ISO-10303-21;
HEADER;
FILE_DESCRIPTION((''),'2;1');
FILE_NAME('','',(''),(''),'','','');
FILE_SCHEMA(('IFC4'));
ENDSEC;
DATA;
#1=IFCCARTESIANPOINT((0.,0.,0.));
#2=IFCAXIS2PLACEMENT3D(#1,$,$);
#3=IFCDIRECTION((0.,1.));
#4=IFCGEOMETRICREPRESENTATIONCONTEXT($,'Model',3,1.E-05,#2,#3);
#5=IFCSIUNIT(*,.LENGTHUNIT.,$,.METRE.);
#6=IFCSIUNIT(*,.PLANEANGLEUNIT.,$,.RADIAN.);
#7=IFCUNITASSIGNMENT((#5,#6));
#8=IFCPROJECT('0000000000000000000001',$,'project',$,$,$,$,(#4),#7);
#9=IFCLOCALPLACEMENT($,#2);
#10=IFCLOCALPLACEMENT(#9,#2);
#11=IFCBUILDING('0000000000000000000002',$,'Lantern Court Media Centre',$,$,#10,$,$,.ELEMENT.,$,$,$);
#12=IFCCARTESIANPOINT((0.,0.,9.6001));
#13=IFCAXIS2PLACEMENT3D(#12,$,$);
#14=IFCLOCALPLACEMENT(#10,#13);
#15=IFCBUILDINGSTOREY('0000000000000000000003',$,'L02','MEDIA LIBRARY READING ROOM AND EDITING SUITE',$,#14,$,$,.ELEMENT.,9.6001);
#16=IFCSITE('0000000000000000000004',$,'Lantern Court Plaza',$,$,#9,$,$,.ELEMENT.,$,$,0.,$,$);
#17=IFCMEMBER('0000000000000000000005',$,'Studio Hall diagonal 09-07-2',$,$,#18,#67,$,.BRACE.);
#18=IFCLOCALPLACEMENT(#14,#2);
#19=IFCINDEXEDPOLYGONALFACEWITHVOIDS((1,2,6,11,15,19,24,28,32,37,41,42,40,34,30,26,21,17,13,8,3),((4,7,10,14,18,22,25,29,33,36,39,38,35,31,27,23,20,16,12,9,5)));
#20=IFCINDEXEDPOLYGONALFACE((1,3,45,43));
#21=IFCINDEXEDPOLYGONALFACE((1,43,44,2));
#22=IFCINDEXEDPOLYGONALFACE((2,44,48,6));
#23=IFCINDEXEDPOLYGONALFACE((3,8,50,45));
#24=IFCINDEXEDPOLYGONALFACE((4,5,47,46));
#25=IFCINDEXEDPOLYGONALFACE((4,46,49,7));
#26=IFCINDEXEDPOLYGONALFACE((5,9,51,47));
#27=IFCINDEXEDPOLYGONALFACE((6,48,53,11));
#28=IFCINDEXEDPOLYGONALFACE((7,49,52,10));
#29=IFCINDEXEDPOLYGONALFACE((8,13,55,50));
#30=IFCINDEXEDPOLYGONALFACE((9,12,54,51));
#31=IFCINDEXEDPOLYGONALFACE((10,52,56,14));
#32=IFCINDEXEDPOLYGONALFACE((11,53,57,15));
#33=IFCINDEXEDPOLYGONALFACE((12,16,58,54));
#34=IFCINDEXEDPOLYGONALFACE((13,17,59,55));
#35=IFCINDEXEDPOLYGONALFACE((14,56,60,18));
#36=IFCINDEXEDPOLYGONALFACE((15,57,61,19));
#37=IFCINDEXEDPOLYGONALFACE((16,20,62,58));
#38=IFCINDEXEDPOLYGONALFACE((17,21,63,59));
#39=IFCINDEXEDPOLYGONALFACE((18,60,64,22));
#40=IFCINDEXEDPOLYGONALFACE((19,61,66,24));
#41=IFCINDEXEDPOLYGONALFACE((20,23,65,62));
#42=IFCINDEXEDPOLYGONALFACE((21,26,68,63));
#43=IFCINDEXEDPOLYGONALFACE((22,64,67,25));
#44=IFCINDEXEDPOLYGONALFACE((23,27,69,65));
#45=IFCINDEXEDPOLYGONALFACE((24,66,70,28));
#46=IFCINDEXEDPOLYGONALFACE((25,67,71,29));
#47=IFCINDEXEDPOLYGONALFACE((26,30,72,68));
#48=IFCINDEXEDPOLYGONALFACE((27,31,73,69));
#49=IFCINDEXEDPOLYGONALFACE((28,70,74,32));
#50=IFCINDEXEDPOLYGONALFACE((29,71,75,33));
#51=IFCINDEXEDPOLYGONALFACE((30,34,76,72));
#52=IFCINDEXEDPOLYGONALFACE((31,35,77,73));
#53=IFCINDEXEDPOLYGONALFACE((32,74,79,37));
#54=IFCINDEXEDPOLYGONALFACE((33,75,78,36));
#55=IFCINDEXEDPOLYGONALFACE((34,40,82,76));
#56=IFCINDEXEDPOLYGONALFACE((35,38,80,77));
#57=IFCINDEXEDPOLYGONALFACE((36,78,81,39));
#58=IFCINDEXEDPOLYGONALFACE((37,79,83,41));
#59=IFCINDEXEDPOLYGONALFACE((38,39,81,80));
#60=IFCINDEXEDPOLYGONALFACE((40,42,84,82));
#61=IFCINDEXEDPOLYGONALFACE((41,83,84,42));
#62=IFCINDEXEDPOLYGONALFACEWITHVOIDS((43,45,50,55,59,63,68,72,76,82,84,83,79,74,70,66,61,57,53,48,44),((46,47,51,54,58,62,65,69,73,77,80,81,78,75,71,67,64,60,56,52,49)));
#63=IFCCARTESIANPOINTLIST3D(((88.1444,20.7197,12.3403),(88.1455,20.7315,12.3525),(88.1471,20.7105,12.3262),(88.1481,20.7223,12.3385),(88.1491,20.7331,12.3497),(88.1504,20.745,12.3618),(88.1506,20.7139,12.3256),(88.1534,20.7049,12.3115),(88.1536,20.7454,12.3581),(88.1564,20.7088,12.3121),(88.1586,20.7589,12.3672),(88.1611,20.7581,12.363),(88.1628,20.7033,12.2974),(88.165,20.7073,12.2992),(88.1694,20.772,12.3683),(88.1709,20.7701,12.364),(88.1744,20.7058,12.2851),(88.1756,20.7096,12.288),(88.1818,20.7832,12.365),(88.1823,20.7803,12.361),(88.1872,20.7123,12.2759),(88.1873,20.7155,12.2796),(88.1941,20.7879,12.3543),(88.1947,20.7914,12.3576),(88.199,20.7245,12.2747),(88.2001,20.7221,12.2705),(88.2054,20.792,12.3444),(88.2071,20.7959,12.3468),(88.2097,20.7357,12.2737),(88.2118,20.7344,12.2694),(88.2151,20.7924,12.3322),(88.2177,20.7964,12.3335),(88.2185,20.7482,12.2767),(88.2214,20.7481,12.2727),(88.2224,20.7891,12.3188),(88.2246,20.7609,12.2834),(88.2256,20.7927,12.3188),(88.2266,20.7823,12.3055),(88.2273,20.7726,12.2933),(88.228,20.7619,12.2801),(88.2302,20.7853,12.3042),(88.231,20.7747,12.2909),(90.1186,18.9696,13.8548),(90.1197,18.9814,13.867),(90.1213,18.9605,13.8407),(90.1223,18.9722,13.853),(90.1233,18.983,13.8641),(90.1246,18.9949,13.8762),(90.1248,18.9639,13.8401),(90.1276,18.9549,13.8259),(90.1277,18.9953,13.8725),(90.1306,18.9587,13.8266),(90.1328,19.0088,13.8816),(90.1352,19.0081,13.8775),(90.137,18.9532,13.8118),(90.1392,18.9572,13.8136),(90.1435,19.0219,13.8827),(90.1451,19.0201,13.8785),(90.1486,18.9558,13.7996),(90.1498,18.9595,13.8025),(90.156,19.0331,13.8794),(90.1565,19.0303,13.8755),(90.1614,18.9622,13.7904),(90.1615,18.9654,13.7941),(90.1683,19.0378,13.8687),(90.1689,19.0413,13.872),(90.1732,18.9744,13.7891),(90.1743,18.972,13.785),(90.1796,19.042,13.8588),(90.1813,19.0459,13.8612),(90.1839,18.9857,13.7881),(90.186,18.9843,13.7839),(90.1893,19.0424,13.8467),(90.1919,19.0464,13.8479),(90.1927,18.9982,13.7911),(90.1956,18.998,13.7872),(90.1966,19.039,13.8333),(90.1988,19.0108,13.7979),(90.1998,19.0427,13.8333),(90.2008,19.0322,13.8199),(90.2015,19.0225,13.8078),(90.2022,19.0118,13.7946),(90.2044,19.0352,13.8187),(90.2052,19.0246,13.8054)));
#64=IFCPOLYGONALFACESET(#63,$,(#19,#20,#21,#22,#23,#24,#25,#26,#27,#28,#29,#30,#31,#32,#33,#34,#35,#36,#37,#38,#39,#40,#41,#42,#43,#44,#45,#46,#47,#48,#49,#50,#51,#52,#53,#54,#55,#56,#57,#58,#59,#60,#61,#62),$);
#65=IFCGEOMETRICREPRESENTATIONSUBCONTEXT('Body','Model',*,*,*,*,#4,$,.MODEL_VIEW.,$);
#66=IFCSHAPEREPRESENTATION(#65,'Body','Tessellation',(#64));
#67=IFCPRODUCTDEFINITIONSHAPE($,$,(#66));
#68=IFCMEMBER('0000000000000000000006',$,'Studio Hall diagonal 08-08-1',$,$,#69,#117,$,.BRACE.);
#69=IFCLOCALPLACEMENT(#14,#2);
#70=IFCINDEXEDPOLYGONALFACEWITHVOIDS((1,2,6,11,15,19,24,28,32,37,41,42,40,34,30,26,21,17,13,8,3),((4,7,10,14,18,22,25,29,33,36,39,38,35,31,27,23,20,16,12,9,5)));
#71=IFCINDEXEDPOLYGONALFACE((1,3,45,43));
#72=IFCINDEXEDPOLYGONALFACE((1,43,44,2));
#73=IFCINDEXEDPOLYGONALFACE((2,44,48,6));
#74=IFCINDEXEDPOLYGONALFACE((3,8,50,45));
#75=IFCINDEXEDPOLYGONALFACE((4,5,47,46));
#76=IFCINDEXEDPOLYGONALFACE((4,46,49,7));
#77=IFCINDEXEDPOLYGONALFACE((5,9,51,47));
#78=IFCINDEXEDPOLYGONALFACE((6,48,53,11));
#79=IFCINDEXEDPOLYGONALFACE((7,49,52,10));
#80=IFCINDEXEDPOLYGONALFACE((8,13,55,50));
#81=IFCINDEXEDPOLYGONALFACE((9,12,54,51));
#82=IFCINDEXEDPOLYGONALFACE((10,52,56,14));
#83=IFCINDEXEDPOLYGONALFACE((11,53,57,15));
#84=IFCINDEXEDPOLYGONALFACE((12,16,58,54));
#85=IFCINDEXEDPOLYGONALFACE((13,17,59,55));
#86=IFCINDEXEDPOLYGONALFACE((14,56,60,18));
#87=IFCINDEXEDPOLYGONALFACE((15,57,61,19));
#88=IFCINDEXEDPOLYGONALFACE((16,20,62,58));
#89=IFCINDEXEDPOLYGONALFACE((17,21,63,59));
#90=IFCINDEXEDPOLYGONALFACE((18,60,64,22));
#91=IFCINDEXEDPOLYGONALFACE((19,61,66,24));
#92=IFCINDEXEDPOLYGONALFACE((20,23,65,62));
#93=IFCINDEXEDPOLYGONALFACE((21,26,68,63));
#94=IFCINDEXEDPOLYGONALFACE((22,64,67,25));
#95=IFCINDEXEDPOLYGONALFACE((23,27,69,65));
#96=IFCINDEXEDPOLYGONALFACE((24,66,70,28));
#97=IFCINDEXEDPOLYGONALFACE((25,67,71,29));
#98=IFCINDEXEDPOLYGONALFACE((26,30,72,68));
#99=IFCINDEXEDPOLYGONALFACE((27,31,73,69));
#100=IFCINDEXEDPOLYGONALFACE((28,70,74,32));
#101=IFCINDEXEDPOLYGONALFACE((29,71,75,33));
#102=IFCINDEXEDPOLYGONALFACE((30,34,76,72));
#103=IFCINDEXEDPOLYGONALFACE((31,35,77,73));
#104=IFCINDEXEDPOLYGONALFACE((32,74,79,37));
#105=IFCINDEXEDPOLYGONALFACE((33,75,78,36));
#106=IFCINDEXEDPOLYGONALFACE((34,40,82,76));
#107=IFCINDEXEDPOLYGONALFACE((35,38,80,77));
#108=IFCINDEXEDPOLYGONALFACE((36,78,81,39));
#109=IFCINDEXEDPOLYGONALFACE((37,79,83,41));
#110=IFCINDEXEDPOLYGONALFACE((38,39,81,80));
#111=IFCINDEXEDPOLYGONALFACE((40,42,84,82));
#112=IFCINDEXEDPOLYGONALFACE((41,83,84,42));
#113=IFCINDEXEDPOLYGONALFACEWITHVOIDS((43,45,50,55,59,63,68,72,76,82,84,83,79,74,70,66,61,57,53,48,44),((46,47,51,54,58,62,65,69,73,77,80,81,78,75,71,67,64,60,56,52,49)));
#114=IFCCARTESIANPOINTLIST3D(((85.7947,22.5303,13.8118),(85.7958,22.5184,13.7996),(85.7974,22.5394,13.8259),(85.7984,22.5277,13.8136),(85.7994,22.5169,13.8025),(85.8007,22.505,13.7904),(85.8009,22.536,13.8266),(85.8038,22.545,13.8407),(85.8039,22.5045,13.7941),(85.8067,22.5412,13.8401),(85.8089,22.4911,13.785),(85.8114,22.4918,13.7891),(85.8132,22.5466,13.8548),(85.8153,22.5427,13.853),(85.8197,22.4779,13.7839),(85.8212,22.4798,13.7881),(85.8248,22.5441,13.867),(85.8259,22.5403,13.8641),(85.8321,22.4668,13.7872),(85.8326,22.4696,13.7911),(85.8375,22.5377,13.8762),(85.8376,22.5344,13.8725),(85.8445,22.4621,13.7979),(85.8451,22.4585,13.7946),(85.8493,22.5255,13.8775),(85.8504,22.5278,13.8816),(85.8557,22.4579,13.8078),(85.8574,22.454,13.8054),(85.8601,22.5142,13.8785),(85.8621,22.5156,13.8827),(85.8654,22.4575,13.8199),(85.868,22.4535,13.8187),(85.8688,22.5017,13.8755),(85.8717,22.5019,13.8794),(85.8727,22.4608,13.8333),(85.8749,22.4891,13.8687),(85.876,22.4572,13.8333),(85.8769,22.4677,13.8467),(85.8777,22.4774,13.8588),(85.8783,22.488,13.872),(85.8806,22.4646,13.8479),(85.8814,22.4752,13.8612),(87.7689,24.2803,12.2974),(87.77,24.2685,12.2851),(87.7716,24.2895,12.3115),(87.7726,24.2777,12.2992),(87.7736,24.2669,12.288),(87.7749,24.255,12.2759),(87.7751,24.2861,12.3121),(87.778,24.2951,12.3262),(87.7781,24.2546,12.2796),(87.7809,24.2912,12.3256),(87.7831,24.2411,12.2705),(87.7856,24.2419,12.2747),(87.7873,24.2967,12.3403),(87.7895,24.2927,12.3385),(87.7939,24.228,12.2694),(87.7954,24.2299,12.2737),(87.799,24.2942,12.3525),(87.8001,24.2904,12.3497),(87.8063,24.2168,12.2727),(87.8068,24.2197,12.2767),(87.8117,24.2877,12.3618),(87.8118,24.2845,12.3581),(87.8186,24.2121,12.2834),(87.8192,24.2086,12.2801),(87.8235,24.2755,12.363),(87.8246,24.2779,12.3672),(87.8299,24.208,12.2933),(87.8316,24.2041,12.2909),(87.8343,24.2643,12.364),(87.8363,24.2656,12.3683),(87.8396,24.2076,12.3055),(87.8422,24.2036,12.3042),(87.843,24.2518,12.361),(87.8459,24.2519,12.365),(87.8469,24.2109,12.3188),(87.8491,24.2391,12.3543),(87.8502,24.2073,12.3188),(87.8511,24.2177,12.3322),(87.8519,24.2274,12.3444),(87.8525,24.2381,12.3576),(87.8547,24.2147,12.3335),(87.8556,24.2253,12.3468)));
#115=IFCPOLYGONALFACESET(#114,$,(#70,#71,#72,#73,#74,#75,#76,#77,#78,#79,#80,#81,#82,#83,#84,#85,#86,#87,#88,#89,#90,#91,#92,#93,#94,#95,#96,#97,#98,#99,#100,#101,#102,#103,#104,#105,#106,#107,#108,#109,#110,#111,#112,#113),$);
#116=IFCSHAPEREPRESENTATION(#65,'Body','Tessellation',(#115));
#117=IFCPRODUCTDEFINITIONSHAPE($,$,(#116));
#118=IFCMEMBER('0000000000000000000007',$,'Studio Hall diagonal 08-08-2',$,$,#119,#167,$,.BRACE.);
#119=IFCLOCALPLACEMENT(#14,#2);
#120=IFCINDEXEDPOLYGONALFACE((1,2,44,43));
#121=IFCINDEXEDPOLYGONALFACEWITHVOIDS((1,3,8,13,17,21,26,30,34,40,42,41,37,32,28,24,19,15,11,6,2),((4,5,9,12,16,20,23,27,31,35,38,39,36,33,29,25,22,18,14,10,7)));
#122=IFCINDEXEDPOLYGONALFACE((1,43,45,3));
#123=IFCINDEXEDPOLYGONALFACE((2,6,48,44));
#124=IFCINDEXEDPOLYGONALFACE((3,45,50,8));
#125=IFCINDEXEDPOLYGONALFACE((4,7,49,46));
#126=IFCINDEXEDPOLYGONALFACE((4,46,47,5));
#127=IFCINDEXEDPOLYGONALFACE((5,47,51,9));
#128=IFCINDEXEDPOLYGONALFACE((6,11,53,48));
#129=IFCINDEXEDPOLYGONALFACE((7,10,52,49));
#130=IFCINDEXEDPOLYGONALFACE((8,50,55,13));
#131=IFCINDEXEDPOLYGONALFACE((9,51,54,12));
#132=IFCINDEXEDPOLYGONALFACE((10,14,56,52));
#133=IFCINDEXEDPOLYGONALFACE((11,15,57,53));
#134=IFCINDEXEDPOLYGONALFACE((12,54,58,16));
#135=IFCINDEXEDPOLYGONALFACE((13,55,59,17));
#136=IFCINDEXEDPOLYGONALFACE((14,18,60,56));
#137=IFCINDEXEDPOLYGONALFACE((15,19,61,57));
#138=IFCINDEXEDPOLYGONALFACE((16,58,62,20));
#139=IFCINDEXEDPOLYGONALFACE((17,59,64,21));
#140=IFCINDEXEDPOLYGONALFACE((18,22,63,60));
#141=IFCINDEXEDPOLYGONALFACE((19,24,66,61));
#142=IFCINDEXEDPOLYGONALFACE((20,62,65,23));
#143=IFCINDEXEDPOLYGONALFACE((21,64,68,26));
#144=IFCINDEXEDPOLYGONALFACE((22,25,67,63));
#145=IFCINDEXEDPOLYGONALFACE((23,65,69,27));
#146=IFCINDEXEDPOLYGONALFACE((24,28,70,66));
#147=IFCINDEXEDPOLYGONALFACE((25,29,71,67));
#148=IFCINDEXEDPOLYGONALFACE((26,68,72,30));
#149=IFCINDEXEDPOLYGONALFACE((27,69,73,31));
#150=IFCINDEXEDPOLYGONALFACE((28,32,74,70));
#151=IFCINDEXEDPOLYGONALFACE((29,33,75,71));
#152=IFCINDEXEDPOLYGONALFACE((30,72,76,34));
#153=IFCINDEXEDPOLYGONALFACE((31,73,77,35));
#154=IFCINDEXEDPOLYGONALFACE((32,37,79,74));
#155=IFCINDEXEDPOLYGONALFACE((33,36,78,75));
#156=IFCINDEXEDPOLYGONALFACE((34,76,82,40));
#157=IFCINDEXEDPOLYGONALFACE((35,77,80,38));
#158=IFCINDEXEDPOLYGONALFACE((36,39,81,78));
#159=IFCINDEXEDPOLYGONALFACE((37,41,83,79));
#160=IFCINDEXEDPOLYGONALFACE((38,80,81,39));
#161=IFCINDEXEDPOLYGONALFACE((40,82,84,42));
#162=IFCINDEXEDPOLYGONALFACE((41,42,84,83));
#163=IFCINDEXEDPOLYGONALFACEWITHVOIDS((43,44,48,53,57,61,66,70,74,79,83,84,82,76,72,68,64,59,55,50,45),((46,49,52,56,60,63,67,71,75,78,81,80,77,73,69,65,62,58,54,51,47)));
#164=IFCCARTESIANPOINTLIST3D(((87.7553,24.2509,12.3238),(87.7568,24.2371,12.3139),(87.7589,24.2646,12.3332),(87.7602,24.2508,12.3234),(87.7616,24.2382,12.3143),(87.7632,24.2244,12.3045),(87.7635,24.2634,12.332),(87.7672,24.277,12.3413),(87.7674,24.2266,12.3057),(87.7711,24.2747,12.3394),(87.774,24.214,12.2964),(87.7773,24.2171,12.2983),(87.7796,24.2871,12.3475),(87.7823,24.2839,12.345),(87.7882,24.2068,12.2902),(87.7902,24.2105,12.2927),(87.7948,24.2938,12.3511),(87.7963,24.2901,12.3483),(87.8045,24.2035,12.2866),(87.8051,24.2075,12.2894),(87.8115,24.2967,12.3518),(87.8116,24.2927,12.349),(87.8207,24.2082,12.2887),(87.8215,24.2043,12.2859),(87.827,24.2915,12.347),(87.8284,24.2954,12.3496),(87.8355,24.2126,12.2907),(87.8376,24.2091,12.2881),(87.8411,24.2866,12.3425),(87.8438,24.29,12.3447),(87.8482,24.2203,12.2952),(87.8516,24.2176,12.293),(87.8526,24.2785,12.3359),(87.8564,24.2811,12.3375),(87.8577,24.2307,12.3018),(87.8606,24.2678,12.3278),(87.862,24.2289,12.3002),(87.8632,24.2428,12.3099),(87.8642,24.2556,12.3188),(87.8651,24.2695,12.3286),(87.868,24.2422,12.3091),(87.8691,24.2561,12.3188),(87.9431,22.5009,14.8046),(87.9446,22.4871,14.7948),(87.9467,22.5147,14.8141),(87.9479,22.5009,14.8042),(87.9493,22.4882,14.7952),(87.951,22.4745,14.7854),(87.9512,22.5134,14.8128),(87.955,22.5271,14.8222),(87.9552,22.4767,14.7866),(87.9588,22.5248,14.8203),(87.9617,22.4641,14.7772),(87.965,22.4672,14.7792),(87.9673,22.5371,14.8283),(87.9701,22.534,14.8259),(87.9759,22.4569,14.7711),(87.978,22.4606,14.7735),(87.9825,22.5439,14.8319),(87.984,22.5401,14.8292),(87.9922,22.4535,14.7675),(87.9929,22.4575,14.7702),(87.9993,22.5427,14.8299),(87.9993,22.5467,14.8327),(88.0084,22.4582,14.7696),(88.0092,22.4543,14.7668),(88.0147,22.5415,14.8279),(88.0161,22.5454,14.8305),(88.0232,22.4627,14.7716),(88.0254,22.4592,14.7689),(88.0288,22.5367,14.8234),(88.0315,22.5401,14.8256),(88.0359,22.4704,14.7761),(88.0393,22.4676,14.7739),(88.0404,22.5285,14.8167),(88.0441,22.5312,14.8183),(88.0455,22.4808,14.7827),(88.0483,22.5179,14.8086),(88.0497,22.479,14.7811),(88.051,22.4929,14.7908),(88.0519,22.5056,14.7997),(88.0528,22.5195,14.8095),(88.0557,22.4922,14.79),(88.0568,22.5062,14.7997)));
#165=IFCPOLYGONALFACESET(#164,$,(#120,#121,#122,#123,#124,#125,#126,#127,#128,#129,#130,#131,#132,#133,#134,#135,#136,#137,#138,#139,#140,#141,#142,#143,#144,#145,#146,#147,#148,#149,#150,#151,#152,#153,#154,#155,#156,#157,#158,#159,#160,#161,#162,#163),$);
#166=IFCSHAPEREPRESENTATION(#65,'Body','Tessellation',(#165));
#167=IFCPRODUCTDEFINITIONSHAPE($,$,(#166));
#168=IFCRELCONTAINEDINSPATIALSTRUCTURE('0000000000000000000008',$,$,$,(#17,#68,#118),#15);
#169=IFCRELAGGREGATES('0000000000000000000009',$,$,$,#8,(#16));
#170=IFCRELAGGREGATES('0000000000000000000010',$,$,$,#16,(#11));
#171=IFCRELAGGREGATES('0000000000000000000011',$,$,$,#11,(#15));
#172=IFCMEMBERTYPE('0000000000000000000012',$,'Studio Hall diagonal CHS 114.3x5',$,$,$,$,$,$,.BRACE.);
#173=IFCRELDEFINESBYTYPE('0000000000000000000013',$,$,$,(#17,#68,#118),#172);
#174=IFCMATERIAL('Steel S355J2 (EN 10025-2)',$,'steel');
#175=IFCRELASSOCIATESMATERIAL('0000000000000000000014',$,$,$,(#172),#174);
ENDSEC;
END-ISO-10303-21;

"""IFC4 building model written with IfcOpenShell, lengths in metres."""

from ifc_helpers import new_model, si_unit, direction, frame, origin, origin_2d, place, context, subcontext, project, spatial, hollow_circle, extrude, material, material_profile, profile_set, type_object, element, save


model = new_model("IFC4")

# Units and contexts
model_context = context("Model", 3, precision=1e-05, world=origin(), true_north=direction((0.0, 1.0)))
body_context = subcontext(model_context, "Body", "Model", "MODEL_VIEW")
ifc_project = project(units=[si_unit("LENGTHUNIT", "METRE"), si_unit("PLANEANGLEUNIT", "RADIAN")], contexts=[model_context])

# Site, building, storey
site_placement = place(None, origin())
site = spatial("IfcSite", under=ifc_project, at=site_placement, Name="Lantern Court Plaza", CompositionType="ELEMENT", RefElevation=0.0)
building_placement = place(site_placement, origin())
building = spatial("IfcBuilding", under=site, at=building_placement, Name="Lantern Court Media Centre", CompositionType="ELEMENT")
storey_placement = place(building_placement, frame((0.0, 0.0, 9.6001)))
storey = spatial("IfcBuildingStorey", under=building, at=storey_placement, Name="L02", Description="MEDIA LIBRARY READING ROOM AND EDITING SUITE", CompositionType="ELEMENT", Elevation=9.6001)

# Members
ifc_material = material(Name="Steel S355J2 (EN 10025-2)", Category="steel")
ifc_material_profile_1 = material_profile(ifc_material, hollow_circle(Radius=0.0571, WallThickness=0.0049, at=origin_2d()), Name="Studio Hall diagonal CHS 114.3x5")
ifc_profile_set_1 = profile_set([ifc_material_profile_1], Name="Steel S355J2 (EN 10025-2)")
member_type_1 = type_object("IfcMemberType", Name="Studio Hall diagonal CHS 114.3x5", PredefinedType="BRACE", material=ifc_profile_set_1)
for number, where, z_axis, x_axis, name in (
    (1, (88.1877, 20.75, 12.3188), (0.648979, -0.575301, 0.49785), (0.663352, 0.748307, 0.0), "Studio Hall diagonal 09-07-2"),
    (2, (87.8123, 24.25, 12.3188), (-0.648979, -0.575301, 0.49785), (0.663352, -0.748307, 0.0), "Studio Hall diagonal 08-08-1"),
):
    element("IfcMember", number, at=place(storey_placement, frame(where, z_axis=z_axis, x_axis=x_axis)), inside=storey, type_object=member_type_1, Name=name, PredefinedType="BRACE", context=body_context, shape_type="SweptSolid", body=[
        extrude(hollow_circle(Radius=0.0571, WallThickness=0.0049, at=origin_2d()), origin(), (0.0, 0.0, 1.0), 3.042),
    ])
for number, where, z_axis, x_axis, name in (
    (3, (87.8123, 24.25, 12.3188), (0.06172, -0.575306, 0.815606), (0.994294, 0.10667, 0.0), "Studio Hall diagonal 08-08-2"),
):
    element("IfcMember", number, at=place(storey_placement, frame(where, z_axis=z_axis, x_axis=x_axis)), inside=storey, type_object=member_type_1, Name=name, PredefinedType="BRACE", context=body_context, shape_type="SweptSolid", body=[
        extrude(hollow_circle(Radius=0.0571, WallThickness=0.0049, at=origin_2d()), origin(), (0.0, 0.0, 1.0), 3.0417),
    ])

save(model, "model.ifc")
